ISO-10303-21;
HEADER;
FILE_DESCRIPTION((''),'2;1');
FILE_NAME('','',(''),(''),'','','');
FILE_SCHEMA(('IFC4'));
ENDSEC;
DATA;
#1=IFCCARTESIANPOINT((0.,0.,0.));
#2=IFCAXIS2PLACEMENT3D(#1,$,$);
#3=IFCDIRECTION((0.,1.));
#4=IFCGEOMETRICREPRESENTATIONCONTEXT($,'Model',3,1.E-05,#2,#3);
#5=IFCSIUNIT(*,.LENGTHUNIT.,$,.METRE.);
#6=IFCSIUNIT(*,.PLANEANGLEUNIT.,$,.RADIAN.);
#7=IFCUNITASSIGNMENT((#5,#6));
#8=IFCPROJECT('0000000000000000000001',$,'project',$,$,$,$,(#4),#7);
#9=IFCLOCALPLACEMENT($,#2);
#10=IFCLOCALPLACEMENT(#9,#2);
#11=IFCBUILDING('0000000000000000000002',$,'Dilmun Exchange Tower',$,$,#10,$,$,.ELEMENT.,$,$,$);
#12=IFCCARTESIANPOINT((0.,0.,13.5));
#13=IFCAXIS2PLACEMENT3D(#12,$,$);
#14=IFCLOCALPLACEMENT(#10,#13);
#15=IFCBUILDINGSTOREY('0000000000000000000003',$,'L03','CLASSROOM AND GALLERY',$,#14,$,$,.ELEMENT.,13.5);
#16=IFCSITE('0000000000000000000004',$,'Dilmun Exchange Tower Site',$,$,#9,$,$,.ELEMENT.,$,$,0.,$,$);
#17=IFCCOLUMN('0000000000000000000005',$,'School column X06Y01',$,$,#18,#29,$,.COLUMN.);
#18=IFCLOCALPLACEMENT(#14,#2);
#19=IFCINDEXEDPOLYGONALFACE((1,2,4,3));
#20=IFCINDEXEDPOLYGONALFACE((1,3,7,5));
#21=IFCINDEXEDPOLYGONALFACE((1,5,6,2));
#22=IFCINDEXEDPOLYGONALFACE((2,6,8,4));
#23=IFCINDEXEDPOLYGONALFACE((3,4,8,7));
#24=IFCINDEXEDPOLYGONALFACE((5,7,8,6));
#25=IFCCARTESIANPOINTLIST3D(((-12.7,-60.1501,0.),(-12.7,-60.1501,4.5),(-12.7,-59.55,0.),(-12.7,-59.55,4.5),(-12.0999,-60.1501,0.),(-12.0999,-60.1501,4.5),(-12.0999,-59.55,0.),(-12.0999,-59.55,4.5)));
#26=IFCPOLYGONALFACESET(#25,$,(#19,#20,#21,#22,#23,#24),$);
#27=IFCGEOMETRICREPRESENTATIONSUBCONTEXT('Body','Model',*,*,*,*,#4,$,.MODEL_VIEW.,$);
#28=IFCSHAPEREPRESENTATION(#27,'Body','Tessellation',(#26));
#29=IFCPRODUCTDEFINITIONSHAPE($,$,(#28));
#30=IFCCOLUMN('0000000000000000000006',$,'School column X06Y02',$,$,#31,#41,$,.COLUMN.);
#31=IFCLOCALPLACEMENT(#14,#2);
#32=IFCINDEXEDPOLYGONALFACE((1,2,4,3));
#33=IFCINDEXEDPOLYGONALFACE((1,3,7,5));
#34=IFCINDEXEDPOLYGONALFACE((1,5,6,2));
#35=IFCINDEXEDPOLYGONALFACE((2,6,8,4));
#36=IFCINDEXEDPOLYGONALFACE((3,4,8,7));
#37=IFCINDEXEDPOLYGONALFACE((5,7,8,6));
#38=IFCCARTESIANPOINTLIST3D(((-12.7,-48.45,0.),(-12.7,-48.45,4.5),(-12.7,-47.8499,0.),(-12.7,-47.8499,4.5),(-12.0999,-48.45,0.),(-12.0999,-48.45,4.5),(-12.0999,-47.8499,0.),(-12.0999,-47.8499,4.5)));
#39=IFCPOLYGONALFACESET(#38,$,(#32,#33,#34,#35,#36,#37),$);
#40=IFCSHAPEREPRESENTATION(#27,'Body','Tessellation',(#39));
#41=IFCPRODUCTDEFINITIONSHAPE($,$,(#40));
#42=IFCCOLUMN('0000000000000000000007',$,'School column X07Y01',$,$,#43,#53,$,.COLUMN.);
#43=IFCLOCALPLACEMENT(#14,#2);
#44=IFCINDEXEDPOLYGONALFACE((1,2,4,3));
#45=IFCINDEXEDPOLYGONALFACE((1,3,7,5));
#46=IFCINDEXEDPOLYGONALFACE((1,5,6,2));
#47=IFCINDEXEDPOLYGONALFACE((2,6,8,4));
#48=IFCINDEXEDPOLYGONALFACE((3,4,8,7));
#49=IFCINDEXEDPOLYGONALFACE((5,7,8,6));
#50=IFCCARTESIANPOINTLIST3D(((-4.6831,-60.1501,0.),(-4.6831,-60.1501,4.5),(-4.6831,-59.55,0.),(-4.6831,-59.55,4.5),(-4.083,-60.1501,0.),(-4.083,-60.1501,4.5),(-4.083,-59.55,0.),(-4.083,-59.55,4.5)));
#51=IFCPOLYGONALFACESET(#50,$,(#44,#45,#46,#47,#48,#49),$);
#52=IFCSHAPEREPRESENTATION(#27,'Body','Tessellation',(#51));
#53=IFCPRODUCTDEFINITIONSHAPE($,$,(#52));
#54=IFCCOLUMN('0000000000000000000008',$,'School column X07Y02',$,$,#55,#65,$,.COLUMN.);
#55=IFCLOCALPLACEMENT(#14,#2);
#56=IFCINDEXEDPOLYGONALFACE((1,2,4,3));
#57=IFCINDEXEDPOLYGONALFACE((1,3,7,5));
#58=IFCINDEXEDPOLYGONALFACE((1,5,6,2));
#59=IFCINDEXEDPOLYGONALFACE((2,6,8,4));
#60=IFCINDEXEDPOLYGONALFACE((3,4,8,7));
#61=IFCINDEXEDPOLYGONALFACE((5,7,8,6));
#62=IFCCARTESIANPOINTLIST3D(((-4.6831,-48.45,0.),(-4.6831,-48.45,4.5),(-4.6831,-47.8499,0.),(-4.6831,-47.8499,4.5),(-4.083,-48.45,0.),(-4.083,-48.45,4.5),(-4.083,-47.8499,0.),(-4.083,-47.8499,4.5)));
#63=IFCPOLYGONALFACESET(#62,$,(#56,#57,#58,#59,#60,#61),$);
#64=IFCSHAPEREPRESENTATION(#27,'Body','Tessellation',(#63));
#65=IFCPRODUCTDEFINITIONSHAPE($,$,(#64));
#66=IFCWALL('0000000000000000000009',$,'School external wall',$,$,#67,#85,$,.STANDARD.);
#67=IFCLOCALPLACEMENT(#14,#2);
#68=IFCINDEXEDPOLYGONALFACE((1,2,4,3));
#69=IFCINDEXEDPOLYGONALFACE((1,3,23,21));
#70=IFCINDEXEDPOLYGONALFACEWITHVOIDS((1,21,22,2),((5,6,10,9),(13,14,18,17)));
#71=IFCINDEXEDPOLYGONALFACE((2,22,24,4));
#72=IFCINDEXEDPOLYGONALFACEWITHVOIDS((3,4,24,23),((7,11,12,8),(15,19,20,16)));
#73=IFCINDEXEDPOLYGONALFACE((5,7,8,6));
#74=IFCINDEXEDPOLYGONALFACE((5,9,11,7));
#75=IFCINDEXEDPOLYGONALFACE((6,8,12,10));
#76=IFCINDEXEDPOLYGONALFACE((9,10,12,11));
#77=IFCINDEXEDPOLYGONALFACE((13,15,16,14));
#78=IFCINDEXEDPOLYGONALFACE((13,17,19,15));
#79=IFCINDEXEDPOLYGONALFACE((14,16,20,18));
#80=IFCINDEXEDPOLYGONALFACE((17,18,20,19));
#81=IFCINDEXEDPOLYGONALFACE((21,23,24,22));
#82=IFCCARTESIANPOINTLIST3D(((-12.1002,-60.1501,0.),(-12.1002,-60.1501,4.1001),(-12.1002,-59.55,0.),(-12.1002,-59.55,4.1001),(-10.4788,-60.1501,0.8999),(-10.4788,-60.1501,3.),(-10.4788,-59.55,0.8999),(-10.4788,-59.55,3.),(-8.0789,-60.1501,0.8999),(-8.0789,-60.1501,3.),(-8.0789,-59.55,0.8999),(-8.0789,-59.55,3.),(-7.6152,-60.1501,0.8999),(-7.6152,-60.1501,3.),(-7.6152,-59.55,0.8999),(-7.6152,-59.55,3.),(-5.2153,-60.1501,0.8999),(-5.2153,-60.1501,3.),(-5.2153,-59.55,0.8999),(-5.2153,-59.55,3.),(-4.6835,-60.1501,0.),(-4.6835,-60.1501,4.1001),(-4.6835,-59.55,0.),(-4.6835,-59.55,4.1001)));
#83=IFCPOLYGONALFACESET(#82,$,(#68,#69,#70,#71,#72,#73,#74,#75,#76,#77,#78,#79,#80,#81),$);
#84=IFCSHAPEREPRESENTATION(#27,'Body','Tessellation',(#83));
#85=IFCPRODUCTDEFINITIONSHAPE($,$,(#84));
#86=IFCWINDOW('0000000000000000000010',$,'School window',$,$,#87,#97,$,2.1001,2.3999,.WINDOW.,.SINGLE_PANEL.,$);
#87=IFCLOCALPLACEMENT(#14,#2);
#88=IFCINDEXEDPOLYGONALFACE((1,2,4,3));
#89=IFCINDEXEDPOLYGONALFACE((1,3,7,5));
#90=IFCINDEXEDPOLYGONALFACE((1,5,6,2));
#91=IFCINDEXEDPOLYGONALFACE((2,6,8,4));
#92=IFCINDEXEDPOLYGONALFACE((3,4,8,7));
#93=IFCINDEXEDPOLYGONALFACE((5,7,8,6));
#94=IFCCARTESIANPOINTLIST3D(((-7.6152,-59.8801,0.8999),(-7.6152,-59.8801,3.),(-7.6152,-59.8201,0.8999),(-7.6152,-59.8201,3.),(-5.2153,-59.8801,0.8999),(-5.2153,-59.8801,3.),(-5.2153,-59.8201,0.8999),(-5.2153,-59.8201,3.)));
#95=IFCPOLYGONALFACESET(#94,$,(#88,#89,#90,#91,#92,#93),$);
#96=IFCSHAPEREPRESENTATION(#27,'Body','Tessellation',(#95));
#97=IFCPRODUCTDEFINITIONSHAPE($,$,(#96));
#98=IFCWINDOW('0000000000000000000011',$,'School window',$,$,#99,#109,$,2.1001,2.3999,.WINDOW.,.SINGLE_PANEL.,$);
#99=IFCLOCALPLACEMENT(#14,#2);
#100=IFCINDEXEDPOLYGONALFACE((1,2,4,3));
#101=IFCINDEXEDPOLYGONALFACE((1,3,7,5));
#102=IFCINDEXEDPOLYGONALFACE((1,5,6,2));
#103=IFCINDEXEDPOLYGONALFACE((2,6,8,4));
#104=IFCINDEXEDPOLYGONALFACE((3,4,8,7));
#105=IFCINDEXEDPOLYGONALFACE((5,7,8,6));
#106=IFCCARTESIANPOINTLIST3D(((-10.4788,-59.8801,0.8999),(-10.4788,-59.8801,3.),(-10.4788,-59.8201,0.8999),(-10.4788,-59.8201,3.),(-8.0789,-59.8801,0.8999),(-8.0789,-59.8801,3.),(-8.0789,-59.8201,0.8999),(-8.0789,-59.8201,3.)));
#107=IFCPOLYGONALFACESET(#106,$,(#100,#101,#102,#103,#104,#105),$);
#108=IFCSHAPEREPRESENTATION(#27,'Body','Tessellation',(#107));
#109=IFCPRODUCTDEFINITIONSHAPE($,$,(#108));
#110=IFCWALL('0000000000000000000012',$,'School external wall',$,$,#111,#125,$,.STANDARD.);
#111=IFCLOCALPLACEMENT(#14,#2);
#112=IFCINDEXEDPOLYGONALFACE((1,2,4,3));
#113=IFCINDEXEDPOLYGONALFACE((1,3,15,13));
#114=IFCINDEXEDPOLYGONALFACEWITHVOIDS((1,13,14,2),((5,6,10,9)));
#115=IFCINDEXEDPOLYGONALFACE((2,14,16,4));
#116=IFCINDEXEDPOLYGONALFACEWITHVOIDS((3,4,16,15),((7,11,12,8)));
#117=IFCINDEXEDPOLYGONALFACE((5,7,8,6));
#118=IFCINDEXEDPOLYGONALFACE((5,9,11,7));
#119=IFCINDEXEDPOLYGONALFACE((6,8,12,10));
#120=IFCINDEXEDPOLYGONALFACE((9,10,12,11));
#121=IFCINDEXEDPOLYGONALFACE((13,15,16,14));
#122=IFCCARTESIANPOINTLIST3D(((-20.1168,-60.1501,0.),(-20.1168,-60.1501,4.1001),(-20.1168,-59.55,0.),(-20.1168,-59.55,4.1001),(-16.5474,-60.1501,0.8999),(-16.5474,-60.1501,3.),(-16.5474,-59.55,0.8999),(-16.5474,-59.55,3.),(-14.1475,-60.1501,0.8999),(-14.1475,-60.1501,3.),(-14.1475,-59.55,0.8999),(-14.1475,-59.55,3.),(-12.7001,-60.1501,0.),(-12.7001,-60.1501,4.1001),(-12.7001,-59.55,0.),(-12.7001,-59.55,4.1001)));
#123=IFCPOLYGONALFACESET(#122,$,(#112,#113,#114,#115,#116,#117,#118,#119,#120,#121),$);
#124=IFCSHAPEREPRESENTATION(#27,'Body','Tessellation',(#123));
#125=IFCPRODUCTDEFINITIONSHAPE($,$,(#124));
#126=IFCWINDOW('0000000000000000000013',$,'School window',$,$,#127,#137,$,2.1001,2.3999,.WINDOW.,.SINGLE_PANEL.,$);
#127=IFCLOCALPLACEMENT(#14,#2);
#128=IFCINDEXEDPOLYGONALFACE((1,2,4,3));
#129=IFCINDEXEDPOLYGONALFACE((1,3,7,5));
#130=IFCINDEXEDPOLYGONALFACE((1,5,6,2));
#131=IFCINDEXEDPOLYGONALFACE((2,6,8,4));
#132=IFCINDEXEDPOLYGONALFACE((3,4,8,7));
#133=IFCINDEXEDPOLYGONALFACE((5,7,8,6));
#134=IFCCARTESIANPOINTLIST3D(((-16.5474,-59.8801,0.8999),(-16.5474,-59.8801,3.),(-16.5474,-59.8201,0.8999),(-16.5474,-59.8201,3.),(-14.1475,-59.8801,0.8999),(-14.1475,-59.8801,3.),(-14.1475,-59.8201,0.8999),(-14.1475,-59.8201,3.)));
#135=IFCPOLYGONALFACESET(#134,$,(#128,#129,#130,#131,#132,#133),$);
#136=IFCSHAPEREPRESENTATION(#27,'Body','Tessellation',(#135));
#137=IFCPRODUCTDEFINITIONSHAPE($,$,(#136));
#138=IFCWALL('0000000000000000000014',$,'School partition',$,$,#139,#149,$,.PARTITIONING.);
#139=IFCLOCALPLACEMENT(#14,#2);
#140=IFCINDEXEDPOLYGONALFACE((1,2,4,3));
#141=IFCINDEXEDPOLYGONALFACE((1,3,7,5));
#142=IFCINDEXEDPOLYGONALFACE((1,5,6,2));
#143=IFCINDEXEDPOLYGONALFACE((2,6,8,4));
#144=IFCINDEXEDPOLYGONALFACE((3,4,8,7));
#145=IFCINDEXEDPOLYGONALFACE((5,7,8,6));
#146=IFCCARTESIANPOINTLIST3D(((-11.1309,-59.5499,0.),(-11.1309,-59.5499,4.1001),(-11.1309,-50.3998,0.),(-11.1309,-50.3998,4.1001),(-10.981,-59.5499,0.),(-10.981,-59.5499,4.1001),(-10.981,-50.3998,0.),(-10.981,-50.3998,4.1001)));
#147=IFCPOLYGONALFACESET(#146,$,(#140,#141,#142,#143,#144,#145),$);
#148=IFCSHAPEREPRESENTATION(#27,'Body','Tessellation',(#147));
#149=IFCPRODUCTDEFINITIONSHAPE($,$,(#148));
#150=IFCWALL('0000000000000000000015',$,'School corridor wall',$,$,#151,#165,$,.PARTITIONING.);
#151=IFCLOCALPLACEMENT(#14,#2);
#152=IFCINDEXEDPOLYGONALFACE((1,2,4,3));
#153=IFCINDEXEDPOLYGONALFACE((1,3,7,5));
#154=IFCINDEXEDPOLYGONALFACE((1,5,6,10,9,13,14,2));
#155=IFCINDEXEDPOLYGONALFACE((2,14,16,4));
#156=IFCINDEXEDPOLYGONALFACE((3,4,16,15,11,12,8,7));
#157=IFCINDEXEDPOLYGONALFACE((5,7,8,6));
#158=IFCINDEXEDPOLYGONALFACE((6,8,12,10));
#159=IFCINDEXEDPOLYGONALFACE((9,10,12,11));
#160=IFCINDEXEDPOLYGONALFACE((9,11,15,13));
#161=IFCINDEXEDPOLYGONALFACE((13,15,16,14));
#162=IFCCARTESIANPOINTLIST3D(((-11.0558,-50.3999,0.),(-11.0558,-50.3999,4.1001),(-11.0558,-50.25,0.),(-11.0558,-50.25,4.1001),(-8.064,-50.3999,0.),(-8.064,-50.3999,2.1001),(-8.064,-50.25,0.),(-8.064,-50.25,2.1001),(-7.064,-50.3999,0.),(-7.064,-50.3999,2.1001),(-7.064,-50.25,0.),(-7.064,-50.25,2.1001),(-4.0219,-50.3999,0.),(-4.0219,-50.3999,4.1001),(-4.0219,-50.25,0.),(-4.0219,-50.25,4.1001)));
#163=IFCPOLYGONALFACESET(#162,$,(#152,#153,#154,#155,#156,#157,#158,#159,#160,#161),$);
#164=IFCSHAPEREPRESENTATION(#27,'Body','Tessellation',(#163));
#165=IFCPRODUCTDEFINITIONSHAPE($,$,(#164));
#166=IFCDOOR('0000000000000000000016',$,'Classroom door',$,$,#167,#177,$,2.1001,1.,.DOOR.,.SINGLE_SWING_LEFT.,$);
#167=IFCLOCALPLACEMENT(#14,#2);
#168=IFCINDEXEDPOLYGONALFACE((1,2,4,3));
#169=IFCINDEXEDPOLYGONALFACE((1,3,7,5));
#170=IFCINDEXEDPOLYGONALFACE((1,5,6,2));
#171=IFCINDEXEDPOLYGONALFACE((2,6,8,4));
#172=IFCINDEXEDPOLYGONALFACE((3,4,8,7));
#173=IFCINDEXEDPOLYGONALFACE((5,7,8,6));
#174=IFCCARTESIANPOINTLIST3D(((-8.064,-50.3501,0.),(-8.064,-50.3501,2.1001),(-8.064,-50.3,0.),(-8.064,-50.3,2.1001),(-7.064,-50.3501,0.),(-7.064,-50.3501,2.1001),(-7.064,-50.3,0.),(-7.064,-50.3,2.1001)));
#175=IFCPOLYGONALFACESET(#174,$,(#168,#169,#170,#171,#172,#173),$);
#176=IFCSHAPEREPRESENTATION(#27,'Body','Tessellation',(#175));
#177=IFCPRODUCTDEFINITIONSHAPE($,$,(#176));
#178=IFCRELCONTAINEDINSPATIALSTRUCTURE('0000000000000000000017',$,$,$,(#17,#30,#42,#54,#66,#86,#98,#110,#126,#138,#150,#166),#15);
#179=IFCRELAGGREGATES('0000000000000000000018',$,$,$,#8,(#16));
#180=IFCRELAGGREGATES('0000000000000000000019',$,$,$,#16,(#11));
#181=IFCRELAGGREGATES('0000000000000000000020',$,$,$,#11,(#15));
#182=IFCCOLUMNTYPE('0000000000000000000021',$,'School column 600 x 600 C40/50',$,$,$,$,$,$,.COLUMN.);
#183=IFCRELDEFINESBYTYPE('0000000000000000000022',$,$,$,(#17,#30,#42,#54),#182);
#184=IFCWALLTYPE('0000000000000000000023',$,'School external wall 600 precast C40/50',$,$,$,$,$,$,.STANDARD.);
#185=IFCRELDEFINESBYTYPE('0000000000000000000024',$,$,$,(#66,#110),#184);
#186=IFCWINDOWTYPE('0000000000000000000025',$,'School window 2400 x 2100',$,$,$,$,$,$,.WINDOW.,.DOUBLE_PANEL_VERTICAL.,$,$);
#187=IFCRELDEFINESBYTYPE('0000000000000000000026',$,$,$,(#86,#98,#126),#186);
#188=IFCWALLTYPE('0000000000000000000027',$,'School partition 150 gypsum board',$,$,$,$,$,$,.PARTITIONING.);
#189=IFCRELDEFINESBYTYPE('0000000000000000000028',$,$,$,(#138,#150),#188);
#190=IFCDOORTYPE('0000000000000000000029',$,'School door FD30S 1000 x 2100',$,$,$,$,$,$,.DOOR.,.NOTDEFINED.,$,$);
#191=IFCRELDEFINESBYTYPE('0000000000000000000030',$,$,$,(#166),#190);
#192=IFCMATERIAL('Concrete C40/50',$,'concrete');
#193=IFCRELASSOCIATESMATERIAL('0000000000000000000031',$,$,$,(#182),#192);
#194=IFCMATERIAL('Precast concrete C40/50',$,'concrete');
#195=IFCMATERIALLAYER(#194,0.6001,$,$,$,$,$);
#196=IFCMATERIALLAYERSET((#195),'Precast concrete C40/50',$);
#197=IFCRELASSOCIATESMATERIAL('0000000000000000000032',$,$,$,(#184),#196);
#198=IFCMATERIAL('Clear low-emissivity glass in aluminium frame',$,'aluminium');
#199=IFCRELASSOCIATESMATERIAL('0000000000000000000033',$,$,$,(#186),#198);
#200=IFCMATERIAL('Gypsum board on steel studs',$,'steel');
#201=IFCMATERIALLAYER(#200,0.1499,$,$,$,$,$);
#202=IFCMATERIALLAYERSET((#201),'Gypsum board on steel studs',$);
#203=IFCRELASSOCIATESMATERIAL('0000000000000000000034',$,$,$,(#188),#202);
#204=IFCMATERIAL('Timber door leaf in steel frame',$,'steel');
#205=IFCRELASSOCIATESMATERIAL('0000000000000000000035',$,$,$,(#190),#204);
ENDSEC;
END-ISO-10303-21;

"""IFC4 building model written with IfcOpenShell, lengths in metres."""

from ifc_helpers import new_model, si_unit, direction, frame, frame_2d, origin, origin_2d, place, context, subcontext, project, spatial, rectangle, extrude, material, layer, layer_set, material_profile, profile_set, type_object, element, fill, save


model = new_model("IFC4")

# Units and contexts
model_context = context("Model", 3, precision=1e-05, world=origin(), true_north=direction((0.0, 1.0)))
body_context = subcontext(model_context, "Body", "Model", "MODEL_VIEW")
ifc_project = project(units=[si_unit("LENGTHUNIT", "METRE"), si_unit("PLANEANGLEUNIT", "RADIAN")], contexts=[model_context])

# Site, building, storey
site_placement = place(None, origin())
site = spatial("IfcSite", under=ifc_project, at=site_placement, Name="Dilmun Exchange Tower Site", CompositionType="ELEMENT", RefElevation=0.0)
building_placement = place(site_placement, origin())
building = spatial("IfcBuilding", under=site, at=building_placement, Name="Dilmun Exchange Tower", CompositionType="ELEMENT")
storey_placement = place(building_placement, frame((0.0, 0.0, 13.5)))
storey = spatial("IfcBuildingStorey", under=building, at=storey_placement, Name="L03", Description="CLASSROOM AND GALLERY", CompositionType="ELEMENT", Elevation=13.5)

# Columns
ifc_material_1 = material(Name="Concrete C40/50", Category="concrete")
ifc_material_profile = material_profile(ifc_material_1, rectangle(XDim=0.6001, YDim=0.6001, at=origin_2d()), Name="600 x 600")
ifc_profile_set = profile_set([ifc_material_profile], Name="Concrete C40/50")
column_type = type_object("IfcColumnType", Name="School column 600 x 600 C40/50", PredefinedType="COLUMN", material=ifc_profile_set)
for number, where, z_axis, x_axis, name in (
    (1, (-12.3999, -59.8501, 0.0), (0.0, 0.0, 1.0), (1.0, 0.0, 0.0), "School column X06Y01"),
    (2, (-12.3999, -48.1499, 0.0), (0.0, 0.0, 1.0), (1.0, 0.0, 0.0), "School column X06Y02"),
    (3, (-4.3831, -59.8501, 0.0), (0.0, 0.0, 1.0), (1.0, 0.0, 0.0), "School column X07Y01"),
    (4, (-4.3831, -48.1499, 0.0), (0.0, 0.0, 1.0), (1.0, 0.0, 0.0), "School column X07Y02"),
):
    element("IfcColumn", number, at=place(storey_placement, frame(where, z_axis=z_axis, x_axis=x_axis)), inside=storey, type_object=column_type, Name=name, PredefinedType="COLUMN", context=body_context, shape_type="SweptSolid", body=[
        extrude(rectangle(XDim=0.6001, YDim=0.6001, at=origin_2d()), origin(), (0.0, 0.0, 1.0), 4.5),
    ])

# Wall, openings, windows
ifc_material_2 = material(Name="Precast concrete C40/50", Category="concrete")
ifc_layer_1 = layer(ifc_material_2, 0.6001)
ifc_layer_set_1 = layer_set([ifc_layer_1], Name="Precast concrete C40/50")
wall_type_1 = type_object("IfcWallType", Name="School external wall 600 precast C40/50", PredefinedType="STANDARD", material=ifc_layer_set_1)
wall_1_placement = place(storey_placement, frame((-4.6833, -59.8501, 0.0), z_axis=(0.0, 0.0, 1.0), x_axis=(-1.0, 0.0, 0.0)))
wall_1 = element("IfcWall", 5, at=wall_1_placement, inside=storey, type_object=wall_type_1, Name="School external wall", PredefinedType="STANDARD", context=body_context, shape_type="SweptSolid", body=[
    extrude(rectangle(XDim=7.4167, YDim=0.6001, at=frame_2d((3.7085, 0.0))), origin(), (0.0, 0.0, 1.0), 4.1001),
])
opening_1_placement = place(wall_1_placement, frame((0.532, 0.0, 0.8999)))
opening_1 = element("IfcOpeningElement", 6, at=opening_1_placement, cuts=wall_1, PredefinedType="OPENING", context=body_context, shape_type="SweptSolid", body=[
    extrude(rectangle(XDim=2.3999, YDim=2.1001, at=frame_2d((1.2, 1.05))), frame((0.0, 0.3101, 0.0), z_axis=(0.0, -1.0, 0.0), x_axis=(1.0, 0.0, 0.0)), (0.0, 0.0, 1.0), 0.6201),
])
opening_2_placement = place(wall_1_placement, frame((3.3955, 0.0, 0.8999)))
opening_2 = element("IfcOpeningElement", 7, at=opening_2_placement, cuts=wall_1, PredefinedType="OPENING", context=body_context, shape_type="SweptSolid", body=[
    extrude(rectangle(XDim=2.3999, YDim=2.1001, at=frame_2d((1.2, 1.05))), frame((0.0, 0.3101, 0.0), z_axis=(0.0, -1.0, 0.0), x_axis=(1.0, 0.0, 0.0)), (0.0, 0.0, 1.0), 0.6201),
])
ifc_material_3 = material(Name="Clear low-emissivity glass in aluminium frame", Category="aluminium")
window_type = type_object("IfcWindowType", Name="School window 2400 x 2100", PartitioningType="DOUBLE_PANEL_VERTICAL", PredefinedType="WINDOW", material=ifc_material_3)
window_1_placement = place(opening_1_placement, origin())
window_1 = element("IfcWindow", 8, at=window_1_placement, inside=storey, type_object=window_type, Name="School window", OverallHeight=2.1001, OverallWidth=2.3999, PartitioningType="SINGLE_PANEL", PredefinedType="WINDOW", context=body_context, shape_type="SweptSolid", body=[
    extrude(rectangle(XDim=2.3999, YDim=2.1001, at=frame_2d((1.2, 1.05))), frame((0.0, 0.03, 0.0), z_axis=(0.0, -1.0, 0.0), x_axis=(1.0, 0.0, 0.0)), (0.0, 0.0, 1.0), 0.0601),
])
fill(opening_1, window_1)
window_2_placement = place(opening_2_placement, origin())
window_2 = element("IfcWindow", 9, at=window_2_placement, inside=storey, type_object=window_type, Name="School window", OverallHeight=2.1001, OverallWidth=2.3999, PartitioningType="SINGLE_PANEL", PredefinedType="WINDOW", context=body_context, shape_type="SweptSolid", body=[
    extrude(rectangle(XDim=2.3999, YDim=2.1001, at=frame_2d((1.2, 1.05))), frame((0.0, 0.03, 0.0), z_axis=(0.0, -1.0, 0.0), x_axis=(1.0, 0.0, 0.0)), (0.0, 0.0, 1.0), 0.0601),
])
fill(opening_2, window_2)

# Wall, opening, window
wall_2_placement = place(storey_placement, frame((-12.7, -59.8501, 0.0), z_axis=(0.0, 0.0, 1.0), x_axis=(-1.0, 0.0, 0.0)))
wall_2 = element("IfcWall", 10, at=wall_2_placement, inside=storey, type_object=wall_type_1, Name="School external wall", PredefinedType="STANDARD", context=body_context, shape_type="SweptSolid", body=[
    extrude(rectangle(XDim=7.4167, YDim=0.6001, at=frame_2d((3.7085, 0.0))), origin(), (0.0, 0.0, 1.0), 4.1001),
])
opening_3_placement = place(wall_2_placement, frame((1.4475, 0.0, 0.8999)))
opening_3 = element("IfcOpeningElement", 11, at=opening_3_placement, cuts=wall_2, PredefinedType="OPENING", context=body_context, shape_type="SweptSolid", body=[
    extrude(rectangle(XDim=2.3999, YDim=2.1001, at=frame_2d((1.2, 1.05))), frame((0.0, 0.3101, 0.0), z_axis=(0.0, -1.0, 0.0), x_axis=(1.0, 0.0, 0.0)), (0.0, 0.0, 1.0), 0.6201),
])
window_3_placement = place(opening_3_placement, origin())
window_3 = element("IfcWindow", 12, at=window_3_placement, inside=storey, type_object=window_type, Name="School window", OverallHeight=2.1001, OverallWidth=2.3999, PartitioningType="SINGLE_PANEL", PredefinedType="WINDOW", context=body_context, shape_type="SweptSolid", body=[
    extrude(rectangle(XDim=2.3999, YDim=2.1001, at=frame_2d((1.2, 1.05))), frame((0.0, 0.03, 0.0), z_axis=(0.0, -1.0, 0.0), x_axis=(1.0, 0.0, 0.0)), (0.0, 0.0, 1.0), 0.0601),
])
fill(opening_3, window_3)

# Wall
ifc_material_4 = material(Name="Gypsum board on steel studs", Category="steel")
ifc_layer_2 = layer(ifc_material_4, 0.1499)
ifc_layer_set_2 = layer_set([ifc_layer_2], Name="Gypsum board on steel studs")
wall_type_2 = type_object("IfcWallType", Name="School partition 150 gypsum board", PredefinedType="PARTITIONING", material=ifc_layer_set_2)
wall_3_placement = place(storey_placement, frame((-11.0559, -59.55, 0.0), z_axis=(0.0, 0.0, 1.0), x_axis=(0.0, 1.0, 0.0)))
element("IfcWall", 13, at=wall_3_placement, inside=storey, type_object=wall_type_2, Name="School partition", PredefinedType="PARTITIONING", context=body_context, shape_type="SweptSolid", body=[
    extrude(rectangle(XDim=9.1501, YDim=0.1499, at=frame_2d((4.5752, 0.0))), origin(), (0.0, 0.0, 1.0), 4.1001),
])

# Wall, opening, door
wall_4_placement = place(storey_placement, frame((-11.0559, -50.325, 0.0), z_axis=(0.0, 0.0, 1.0), x_axis=(1.0, 0.0, 0.0)))
wall_4 = element("IfcWall", 14, at=wall_4_placement, inside=storey, type_object=wall_type_2, Name="School corridor wall", PredefinedType="PARTITIONING", context=body_context, shape_type="SweptSolid", body=[
    extrude(rectangle(XDim=7.0339, YDim=0.1499, at=frame_2d((3.5171, 0.0))), origin(), (0.0, 0.0, 1.0), 4.1001),
])
opening_4_placement = place(wall_4_placement, frame((2.9919, 0.0, 0.0)))
opening_4 = element("IfcOpeningElement", 15, at=opening_4_placement, cuts=wall_4, PredefinedType="OPENING", context=body_context, shape_type="SweptSolid", body=[
    extrude(rectangle(XDim=1.0, YDim=2.1001, at=frame_2d((0.5, 1.05))), frame((0.0, 0.085, 0.0), z_axis=(0.0, -1.0, 0.0), x_axis=(1.0, 0.0, 0.0)), (0.0, 0.0, 1.0), 0.1699),
])
ifc_material_5 = material(Name="Timber door leaf in steel frame", Category="steel")
door_type_1 = type_object("IfcDoorType", Name="School door FD30S 1000 x 2100", OperationType="NOTDEFINED", PredefinedType="DOOR", material=ifc_material_5)
door_1_placement = place(opening_4_placement, origin())
door_1 = element("IfcDoor", 16, at=door_1_placement, inside=storey, type_object=door_type_1, Name="Classroom door", OperationType="SINGLE_SWING_LEFT", OverallHeight=2.1001, OverallWidth=1.0, PredefinedType="DOOR", context=body_context, shape_type="SweptSolid", body=[
    extrude(rectangle(XDim=1.0, YDim=2.1001, at=frame_2d((0.5, 1.05))), frame((0.0, 0.0249, 0.0), z_axis=(0.0, -1.0, 0.0), x_axis=(1.0, 0.0, 0.0)), (0.0, 0.0, 1.0), 0.05),
])
fill(opening_4, door_1)

save(model, "model.ifc")
